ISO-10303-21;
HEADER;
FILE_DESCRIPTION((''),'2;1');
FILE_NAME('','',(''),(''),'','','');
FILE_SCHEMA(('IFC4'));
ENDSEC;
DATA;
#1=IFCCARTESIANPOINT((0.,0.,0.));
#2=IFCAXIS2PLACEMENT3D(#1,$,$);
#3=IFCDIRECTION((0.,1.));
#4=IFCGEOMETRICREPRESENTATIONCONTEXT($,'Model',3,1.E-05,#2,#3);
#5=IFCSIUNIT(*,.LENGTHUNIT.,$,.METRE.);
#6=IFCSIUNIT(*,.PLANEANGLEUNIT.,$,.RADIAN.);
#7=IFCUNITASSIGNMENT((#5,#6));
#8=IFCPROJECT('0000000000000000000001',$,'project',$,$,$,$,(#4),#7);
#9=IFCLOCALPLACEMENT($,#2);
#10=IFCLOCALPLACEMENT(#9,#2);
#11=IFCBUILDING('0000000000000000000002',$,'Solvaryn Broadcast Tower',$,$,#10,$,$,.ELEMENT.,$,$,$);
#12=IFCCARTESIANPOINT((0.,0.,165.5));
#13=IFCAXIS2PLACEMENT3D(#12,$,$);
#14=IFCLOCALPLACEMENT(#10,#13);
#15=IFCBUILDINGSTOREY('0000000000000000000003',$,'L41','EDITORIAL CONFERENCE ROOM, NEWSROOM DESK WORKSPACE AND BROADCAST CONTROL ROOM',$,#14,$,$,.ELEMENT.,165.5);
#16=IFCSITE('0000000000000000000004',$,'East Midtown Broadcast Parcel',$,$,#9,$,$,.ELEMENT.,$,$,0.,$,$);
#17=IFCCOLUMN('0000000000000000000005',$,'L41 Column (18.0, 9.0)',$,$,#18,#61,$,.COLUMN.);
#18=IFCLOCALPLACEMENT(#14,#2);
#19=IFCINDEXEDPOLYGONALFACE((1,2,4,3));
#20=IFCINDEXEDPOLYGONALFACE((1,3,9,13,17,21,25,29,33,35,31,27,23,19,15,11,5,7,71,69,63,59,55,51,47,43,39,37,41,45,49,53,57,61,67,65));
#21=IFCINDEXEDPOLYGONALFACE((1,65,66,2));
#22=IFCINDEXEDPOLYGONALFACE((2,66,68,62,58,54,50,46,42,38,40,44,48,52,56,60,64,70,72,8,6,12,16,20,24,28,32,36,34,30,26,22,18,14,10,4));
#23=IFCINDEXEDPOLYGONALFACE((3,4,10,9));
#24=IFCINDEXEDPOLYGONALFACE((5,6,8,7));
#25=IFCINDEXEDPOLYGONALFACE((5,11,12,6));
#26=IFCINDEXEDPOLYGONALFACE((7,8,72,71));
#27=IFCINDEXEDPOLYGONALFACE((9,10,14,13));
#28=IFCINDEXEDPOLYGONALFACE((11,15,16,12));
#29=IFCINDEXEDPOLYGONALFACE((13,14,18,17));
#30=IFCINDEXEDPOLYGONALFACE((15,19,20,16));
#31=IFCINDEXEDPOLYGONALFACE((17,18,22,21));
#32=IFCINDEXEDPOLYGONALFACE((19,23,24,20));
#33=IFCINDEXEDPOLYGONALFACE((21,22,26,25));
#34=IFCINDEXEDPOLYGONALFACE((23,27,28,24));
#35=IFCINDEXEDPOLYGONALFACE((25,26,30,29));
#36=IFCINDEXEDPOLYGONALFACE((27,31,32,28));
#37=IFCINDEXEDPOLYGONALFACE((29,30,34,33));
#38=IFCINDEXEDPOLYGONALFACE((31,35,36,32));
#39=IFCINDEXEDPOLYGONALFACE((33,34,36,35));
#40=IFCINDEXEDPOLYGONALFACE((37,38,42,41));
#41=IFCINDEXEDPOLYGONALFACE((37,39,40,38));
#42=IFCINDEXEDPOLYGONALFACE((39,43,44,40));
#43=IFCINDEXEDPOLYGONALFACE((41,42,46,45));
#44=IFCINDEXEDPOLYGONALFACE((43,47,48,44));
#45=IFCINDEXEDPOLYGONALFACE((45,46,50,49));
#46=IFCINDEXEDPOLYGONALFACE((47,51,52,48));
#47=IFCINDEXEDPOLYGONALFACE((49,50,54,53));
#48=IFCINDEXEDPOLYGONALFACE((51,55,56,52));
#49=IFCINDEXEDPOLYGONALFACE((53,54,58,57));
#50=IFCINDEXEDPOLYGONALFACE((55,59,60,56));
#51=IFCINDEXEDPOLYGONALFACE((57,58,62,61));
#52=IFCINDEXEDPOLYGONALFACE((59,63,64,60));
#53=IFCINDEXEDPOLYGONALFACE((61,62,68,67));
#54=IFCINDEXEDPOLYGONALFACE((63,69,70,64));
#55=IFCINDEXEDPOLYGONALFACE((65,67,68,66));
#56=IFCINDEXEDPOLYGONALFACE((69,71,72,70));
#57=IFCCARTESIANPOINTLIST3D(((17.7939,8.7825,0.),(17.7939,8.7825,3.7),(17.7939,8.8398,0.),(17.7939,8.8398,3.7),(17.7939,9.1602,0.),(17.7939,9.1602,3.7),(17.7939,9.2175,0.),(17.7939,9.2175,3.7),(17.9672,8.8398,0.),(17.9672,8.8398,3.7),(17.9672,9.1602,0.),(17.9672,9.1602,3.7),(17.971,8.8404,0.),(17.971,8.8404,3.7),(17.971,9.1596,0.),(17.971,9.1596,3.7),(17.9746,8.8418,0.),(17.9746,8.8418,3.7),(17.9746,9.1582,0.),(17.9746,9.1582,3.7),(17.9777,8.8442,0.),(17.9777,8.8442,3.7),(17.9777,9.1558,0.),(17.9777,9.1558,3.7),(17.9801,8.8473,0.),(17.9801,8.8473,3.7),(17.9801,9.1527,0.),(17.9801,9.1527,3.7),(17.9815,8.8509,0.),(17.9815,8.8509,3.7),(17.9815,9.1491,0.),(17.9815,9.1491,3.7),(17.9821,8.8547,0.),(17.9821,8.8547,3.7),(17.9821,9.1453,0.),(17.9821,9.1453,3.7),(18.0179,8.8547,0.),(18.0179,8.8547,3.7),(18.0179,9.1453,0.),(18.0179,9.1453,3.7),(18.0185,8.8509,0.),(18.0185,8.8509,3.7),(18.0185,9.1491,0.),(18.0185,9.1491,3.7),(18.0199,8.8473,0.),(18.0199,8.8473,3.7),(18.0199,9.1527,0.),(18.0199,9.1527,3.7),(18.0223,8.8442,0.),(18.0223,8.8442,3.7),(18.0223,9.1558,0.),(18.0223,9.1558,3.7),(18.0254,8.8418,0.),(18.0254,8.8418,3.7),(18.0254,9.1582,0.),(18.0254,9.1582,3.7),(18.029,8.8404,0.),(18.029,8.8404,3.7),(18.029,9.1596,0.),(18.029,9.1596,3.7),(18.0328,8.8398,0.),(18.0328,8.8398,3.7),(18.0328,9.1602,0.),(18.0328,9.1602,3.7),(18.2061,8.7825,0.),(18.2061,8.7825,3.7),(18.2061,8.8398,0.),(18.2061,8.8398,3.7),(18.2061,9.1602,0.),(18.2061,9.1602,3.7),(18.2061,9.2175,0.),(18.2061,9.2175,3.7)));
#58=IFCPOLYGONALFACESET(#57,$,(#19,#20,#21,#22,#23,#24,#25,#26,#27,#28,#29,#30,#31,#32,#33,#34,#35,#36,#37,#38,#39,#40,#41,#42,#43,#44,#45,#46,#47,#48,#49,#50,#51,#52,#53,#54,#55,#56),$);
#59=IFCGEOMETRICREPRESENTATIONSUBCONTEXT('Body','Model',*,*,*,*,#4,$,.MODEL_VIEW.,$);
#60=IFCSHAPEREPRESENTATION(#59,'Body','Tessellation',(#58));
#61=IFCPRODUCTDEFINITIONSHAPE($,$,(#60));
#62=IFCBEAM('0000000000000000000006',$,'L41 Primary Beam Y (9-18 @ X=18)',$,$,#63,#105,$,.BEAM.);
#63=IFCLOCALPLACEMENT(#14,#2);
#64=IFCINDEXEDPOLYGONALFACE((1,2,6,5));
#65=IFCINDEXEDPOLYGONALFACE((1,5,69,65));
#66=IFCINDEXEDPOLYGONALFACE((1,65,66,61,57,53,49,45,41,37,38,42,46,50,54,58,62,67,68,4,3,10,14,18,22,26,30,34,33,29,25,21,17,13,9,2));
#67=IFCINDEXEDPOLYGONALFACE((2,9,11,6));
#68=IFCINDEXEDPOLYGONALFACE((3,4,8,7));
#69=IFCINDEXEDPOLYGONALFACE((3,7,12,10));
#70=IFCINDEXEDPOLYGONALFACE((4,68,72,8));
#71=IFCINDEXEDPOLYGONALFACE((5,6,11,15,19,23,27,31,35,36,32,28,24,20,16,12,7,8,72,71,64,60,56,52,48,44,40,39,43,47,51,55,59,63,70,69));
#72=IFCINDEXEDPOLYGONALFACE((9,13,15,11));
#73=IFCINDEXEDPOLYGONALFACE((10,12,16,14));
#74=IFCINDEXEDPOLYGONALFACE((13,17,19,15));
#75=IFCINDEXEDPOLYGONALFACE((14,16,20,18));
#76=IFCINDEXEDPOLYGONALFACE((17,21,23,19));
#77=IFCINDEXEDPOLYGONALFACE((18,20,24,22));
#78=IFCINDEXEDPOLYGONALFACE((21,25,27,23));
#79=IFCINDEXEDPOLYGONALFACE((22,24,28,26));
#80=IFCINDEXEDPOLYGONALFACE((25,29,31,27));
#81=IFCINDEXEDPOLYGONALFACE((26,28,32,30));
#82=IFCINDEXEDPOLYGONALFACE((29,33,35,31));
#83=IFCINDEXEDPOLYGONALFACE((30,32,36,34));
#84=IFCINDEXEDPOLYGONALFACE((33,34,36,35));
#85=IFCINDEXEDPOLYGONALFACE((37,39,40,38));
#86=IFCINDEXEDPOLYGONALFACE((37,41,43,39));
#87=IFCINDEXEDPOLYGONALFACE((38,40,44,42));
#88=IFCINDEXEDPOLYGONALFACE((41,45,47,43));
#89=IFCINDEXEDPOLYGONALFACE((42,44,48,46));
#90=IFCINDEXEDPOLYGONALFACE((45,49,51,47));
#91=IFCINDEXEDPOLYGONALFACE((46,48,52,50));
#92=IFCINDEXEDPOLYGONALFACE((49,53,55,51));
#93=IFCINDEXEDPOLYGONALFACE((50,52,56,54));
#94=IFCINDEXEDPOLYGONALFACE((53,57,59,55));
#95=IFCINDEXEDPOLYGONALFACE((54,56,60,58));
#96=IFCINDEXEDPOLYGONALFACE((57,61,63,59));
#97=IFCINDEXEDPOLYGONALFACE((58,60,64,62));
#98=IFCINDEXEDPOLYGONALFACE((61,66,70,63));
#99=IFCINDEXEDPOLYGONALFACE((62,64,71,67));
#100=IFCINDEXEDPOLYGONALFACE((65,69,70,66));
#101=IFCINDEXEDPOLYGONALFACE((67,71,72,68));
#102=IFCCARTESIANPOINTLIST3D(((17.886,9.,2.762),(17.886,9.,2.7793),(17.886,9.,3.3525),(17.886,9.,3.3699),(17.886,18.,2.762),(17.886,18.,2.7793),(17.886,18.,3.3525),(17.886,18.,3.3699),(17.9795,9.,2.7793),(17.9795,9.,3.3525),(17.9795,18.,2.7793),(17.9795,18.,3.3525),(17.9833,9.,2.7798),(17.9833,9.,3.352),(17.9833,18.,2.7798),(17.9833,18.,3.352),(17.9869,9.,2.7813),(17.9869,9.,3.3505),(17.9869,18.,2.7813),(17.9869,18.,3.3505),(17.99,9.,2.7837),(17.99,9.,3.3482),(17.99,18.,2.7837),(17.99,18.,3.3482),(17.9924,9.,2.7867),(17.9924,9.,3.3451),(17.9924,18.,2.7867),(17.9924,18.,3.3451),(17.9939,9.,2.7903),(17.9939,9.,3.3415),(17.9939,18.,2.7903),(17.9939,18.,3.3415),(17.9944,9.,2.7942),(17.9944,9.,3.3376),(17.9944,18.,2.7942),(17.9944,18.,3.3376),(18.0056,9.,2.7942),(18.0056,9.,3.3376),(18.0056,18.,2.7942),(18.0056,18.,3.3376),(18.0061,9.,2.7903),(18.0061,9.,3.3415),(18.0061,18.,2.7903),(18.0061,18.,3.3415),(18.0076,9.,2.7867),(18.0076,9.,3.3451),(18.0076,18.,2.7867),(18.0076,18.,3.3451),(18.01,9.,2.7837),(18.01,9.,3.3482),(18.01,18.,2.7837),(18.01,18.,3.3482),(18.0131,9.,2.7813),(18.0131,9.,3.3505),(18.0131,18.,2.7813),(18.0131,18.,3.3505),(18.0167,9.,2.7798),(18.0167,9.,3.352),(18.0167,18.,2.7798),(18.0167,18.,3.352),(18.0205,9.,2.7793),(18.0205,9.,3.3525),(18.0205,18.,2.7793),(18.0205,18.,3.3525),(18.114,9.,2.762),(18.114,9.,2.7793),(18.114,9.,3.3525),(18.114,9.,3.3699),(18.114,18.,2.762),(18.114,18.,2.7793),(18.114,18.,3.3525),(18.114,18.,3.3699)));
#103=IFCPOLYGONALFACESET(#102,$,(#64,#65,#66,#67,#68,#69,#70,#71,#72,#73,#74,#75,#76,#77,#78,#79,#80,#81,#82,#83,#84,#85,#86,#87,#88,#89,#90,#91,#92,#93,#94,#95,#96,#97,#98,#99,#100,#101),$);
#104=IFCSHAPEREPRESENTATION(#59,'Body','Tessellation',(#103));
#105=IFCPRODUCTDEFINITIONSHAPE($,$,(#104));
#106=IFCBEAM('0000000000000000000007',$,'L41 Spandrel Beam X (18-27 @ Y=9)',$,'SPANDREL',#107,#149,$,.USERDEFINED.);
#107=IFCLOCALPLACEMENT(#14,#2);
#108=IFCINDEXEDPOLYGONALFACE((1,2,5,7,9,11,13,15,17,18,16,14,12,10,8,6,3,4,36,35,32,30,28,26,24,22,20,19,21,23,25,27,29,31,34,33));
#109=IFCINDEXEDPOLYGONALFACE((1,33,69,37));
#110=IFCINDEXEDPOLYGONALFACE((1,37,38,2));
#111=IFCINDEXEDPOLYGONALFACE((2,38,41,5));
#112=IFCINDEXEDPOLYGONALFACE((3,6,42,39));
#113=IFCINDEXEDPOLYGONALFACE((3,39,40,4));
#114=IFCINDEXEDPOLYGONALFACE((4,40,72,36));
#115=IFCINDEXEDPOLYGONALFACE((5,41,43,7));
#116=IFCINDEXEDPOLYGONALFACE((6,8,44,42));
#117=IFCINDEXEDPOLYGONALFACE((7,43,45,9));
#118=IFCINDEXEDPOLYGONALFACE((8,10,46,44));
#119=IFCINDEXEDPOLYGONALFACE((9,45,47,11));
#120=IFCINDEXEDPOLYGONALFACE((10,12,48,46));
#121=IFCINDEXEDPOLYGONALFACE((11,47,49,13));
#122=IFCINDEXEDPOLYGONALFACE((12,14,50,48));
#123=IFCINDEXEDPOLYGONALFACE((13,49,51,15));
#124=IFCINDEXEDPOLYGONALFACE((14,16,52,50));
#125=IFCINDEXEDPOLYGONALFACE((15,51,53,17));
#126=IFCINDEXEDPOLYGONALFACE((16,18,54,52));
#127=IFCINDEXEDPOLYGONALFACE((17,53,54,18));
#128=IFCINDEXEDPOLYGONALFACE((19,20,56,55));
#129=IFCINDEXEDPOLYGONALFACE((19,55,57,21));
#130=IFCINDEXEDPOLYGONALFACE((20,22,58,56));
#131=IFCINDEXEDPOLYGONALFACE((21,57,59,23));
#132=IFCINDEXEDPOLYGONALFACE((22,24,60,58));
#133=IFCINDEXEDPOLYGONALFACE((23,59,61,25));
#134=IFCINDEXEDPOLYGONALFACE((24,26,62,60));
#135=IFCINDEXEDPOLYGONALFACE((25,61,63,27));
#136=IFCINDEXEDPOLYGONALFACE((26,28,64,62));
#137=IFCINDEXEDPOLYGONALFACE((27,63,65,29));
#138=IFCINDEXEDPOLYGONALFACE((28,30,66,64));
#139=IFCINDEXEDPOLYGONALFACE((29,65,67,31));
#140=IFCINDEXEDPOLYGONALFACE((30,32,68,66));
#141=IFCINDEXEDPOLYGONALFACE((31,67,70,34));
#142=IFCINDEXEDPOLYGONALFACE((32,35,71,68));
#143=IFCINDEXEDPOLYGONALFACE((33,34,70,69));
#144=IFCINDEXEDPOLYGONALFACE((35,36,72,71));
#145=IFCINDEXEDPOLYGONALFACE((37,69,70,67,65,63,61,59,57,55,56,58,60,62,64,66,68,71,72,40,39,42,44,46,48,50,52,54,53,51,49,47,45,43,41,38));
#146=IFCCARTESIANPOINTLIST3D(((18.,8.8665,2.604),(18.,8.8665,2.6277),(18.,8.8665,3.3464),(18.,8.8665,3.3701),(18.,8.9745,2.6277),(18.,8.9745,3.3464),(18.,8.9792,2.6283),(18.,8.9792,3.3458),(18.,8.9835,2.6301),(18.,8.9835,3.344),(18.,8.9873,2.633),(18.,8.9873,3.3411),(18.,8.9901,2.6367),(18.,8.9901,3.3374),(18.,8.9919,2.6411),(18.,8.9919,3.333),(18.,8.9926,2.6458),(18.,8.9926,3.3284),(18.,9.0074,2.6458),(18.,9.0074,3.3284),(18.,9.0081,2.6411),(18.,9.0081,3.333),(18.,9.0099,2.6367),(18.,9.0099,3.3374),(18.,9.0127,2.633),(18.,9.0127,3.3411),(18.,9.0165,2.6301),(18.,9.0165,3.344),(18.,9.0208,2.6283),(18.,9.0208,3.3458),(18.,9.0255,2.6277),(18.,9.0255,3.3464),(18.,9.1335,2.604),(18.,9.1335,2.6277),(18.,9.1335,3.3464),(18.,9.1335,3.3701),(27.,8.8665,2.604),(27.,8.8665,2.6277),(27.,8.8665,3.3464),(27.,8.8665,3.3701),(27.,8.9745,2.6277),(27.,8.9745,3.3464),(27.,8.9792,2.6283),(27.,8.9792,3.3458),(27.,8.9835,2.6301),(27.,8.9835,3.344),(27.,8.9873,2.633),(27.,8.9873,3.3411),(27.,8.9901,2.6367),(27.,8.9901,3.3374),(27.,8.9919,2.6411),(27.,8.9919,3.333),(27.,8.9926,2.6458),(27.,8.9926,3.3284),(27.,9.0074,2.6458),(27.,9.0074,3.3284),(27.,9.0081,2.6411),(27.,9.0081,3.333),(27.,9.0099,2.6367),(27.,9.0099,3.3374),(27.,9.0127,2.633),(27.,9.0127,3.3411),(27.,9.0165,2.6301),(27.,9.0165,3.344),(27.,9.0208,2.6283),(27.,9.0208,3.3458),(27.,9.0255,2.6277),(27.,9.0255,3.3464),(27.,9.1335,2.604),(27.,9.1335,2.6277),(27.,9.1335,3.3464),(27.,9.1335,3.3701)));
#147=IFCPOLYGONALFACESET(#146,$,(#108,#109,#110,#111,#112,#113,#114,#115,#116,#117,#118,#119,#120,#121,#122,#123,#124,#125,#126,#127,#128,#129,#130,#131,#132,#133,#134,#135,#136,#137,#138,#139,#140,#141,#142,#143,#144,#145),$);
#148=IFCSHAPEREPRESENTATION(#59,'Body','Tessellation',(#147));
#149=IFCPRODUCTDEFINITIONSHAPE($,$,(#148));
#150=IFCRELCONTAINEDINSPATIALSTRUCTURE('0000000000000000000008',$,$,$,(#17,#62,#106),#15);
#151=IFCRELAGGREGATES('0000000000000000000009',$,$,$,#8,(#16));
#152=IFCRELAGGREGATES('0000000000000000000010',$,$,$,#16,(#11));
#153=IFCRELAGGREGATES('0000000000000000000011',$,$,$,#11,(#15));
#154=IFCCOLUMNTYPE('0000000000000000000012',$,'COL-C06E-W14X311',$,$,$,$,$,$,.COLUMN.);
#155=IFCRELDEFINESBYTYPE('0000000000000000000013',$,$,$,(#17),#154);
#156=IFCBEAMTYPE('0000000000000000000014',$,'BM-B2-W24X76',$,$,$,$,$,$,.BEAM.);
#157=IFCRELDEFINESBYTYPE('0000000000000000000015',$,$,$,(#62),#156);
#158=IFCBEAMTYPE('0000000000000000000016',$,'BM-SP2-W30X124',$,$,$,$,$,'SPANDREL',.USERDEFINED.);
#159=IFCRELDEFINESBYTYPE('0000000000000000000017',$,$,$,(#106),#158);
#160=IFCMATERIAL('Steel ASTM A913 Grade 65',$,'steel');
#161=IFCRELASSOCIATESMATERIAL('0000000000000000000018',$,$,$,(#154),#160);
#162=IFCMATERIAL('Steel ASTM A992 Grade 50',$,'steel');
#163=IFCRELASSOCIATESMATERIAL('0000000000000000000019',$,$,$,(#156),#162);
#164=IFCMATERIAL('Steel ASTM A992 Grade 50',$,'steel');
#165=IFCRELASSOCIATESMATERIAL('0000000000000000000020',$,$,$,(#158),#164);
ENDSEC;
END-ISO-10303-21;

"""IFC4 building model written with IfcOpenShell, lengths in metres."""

from ifc_helpers import new_model, si_unit, direction, frame, origin, origin_2d, place, context, subcontext, project, spatial, i_section, extrude, material, material_profile, profile_set, type_object, element, save


model = new_model("IFC4")

# Units and contexts
model_context = context("Model", 3, precision=1e-05, world=origin(), true_north=direction((0.0, 1.0)))
body_context = subcontext(model_context, "Body", "Model", "MODEL_VIEW")
ifc_project = project(units=[si_unit("LENGTHUNIT", "METRE"), si_unit("PLANEANGLEUNIT", "RADIAN")], contexts=[model_context])

# Site, building, storey
site_placement = place(None, origin())
site = spatial("IfcSite", under=ifc_project, at=site_placement, Name="East Midtown Broadcast Parcel", CompositionType="ELEMENT", RefElevation=0.0)
building_placement = place(site_placement, origin())
building = spatial("IfcBuilding", under=site, at=building_placement, Name="Solvaryn Broadcast Tower", CompositionType="ELEMENT")
storey_placement = place(building_placement, frame((0.0, 0.0, 165.5)))
storey = spatial("IfcBuildingStorey", under=building, at=storey_placement, Name="L41", Description="EDITORIAL CONFERENCE ROOM, NEWSROOM DESK WORKSPACE AND BROADCAST CONTROL ROOM", CompositionType="ELEMENT", Elevation=165.5)

# Column
ifc_material_1 = material(Name="Steel ASTM A913 Grade 65", Category="steel")
ifc_material_profile_1 = material_profile(ifc_material_1, i_section(OverallWidth=0.4121, OverallDepth=0.4351, WebThickness=0.0359, FlangeThickness=0.0574, FilletRadius=0.0149, at=origin_2d()))
ifc_profile_set_1 = profile_set([ifc_material_profile_1], Name="Steel ASTM A913 Grade 65")
column_type = type_object("IfcColumnType", Name="COL-C06E-W14X311", PredefinedType="COLUMN", material=ifc_profile_set_1)
column_placement = place(storey_placement, frame((18.0, 9.0, 0.0), z_axis=(0.0, 0.0, 1.0), x_axis=(1.0, 0.0, 0.0)))
element("IfcColumn", 1, at=column_placement, inside=storey, type_object=column_type, Name="L41 Column (18.0, 9.0)", PredefinedType="COLUMN", context=body_context, shape_type="SweptSolid", body=[
    extrude(i_section(OverallWidth=0.4121, OverallDepth=0.4351, WebThickness=0.0359, FlangeThickness=0.0574, FilletRadius=0.0149, at=origin_2d()), origin(), (0.0, 0.0, 1.0), 3.7),
])

# Beams
ifc_material_2 = material(Name="Steel ASTM A992 Grade 50", Category="steel")
ifc_material_profile_2 = material_profile(ifc_material_2, i_section(OverallWidth=0.228, OverallDepth=0.6079, WebThickness=0.0112, FlangeThickness=0.0173, FilletRadius=0.0149, at=origin_2d()))
ifc_profile_set_2 = profile_set([ifc_material_profile_2], Name="Steel ASTM A992 Grade 50")
beam_type_1 = type_object("IfcBeamType", Name="BM-B2-W24X76", PredefinedType="BEAM", material=ifc_profile_set_2)
beam_1_placement = place(storey_placement, frame((18.0, 9.0, 3.0659), z_axis=(0.0, 1.0, 0.0), x_axis=(-1.0, 0.0, 0.0)))
element("IfcBeam", 2, at=beam_1_placement, inside=storey, type_object=beam_type_1, Name="L41 Primary Beam Y (9-18 @ X=18)", PredefinedType="BEAM", context=body_context, shape_type="SweptSolid", body=[
    extrude(i_section(OverallWidth=0.228, OverallDepth=0.6079, WebThickness=0.0112, FlangeThickness=0.0173, FilletRadius=0.0149, at=origin_2d()), origin(), (0.0, 0.0, 1.0), 9.0),
])
ifc_material_3 = material(Name="Steel ASTM A992 Grade 50", Category="steel")
ifc_material_profile_3 = material_profile(ifc_material_3, i_section(OverallWidth=0.2671, OverallDepth=0.7661, WebThickness=0.0149, FlangeThickness=0.0237, FilletRadius=0.0181, at=origin_2d()))
ifc_profile_set_3 = profile_set([ifc_material_profile_3], Name="Steel ASTM A992 Grade 50")
beam_type_2 = type_object("IfcBeamType", Name="BM-SP2-W30X124", ElementType="SPANDREL", PredefinedType="USERDEFINED", material=ifc_profile_set_3)
beam_2_placement = place(storey_placement, frame((18.0, 9.0, 2.9871), z_axis=(1.0, 0.0, 0.0), x_axis=(0.0, 1.0, 0.0)))
element("IfcBeam", 3, at=beam_2_placement, inside=storey, type_object=beam_type_2, Name="L41 Spandrel Beam X (18-27 @ Y=9)", ObjectType="SPANDREL", PredefinedType="USERDEFINED", context=body_context, shape_type="SweptSolid", body=[
    extrude(i_section(OverallWidth=0.2671, OverallDepth=0.7661, WebThickness=0.0149, FlangeThickness=0.0237, FilletRadius=0.0181, at=origin_2d()), origin(), (0.0, 0.0, 1.0), 9.0),
])

save(model, "model.ifc")
